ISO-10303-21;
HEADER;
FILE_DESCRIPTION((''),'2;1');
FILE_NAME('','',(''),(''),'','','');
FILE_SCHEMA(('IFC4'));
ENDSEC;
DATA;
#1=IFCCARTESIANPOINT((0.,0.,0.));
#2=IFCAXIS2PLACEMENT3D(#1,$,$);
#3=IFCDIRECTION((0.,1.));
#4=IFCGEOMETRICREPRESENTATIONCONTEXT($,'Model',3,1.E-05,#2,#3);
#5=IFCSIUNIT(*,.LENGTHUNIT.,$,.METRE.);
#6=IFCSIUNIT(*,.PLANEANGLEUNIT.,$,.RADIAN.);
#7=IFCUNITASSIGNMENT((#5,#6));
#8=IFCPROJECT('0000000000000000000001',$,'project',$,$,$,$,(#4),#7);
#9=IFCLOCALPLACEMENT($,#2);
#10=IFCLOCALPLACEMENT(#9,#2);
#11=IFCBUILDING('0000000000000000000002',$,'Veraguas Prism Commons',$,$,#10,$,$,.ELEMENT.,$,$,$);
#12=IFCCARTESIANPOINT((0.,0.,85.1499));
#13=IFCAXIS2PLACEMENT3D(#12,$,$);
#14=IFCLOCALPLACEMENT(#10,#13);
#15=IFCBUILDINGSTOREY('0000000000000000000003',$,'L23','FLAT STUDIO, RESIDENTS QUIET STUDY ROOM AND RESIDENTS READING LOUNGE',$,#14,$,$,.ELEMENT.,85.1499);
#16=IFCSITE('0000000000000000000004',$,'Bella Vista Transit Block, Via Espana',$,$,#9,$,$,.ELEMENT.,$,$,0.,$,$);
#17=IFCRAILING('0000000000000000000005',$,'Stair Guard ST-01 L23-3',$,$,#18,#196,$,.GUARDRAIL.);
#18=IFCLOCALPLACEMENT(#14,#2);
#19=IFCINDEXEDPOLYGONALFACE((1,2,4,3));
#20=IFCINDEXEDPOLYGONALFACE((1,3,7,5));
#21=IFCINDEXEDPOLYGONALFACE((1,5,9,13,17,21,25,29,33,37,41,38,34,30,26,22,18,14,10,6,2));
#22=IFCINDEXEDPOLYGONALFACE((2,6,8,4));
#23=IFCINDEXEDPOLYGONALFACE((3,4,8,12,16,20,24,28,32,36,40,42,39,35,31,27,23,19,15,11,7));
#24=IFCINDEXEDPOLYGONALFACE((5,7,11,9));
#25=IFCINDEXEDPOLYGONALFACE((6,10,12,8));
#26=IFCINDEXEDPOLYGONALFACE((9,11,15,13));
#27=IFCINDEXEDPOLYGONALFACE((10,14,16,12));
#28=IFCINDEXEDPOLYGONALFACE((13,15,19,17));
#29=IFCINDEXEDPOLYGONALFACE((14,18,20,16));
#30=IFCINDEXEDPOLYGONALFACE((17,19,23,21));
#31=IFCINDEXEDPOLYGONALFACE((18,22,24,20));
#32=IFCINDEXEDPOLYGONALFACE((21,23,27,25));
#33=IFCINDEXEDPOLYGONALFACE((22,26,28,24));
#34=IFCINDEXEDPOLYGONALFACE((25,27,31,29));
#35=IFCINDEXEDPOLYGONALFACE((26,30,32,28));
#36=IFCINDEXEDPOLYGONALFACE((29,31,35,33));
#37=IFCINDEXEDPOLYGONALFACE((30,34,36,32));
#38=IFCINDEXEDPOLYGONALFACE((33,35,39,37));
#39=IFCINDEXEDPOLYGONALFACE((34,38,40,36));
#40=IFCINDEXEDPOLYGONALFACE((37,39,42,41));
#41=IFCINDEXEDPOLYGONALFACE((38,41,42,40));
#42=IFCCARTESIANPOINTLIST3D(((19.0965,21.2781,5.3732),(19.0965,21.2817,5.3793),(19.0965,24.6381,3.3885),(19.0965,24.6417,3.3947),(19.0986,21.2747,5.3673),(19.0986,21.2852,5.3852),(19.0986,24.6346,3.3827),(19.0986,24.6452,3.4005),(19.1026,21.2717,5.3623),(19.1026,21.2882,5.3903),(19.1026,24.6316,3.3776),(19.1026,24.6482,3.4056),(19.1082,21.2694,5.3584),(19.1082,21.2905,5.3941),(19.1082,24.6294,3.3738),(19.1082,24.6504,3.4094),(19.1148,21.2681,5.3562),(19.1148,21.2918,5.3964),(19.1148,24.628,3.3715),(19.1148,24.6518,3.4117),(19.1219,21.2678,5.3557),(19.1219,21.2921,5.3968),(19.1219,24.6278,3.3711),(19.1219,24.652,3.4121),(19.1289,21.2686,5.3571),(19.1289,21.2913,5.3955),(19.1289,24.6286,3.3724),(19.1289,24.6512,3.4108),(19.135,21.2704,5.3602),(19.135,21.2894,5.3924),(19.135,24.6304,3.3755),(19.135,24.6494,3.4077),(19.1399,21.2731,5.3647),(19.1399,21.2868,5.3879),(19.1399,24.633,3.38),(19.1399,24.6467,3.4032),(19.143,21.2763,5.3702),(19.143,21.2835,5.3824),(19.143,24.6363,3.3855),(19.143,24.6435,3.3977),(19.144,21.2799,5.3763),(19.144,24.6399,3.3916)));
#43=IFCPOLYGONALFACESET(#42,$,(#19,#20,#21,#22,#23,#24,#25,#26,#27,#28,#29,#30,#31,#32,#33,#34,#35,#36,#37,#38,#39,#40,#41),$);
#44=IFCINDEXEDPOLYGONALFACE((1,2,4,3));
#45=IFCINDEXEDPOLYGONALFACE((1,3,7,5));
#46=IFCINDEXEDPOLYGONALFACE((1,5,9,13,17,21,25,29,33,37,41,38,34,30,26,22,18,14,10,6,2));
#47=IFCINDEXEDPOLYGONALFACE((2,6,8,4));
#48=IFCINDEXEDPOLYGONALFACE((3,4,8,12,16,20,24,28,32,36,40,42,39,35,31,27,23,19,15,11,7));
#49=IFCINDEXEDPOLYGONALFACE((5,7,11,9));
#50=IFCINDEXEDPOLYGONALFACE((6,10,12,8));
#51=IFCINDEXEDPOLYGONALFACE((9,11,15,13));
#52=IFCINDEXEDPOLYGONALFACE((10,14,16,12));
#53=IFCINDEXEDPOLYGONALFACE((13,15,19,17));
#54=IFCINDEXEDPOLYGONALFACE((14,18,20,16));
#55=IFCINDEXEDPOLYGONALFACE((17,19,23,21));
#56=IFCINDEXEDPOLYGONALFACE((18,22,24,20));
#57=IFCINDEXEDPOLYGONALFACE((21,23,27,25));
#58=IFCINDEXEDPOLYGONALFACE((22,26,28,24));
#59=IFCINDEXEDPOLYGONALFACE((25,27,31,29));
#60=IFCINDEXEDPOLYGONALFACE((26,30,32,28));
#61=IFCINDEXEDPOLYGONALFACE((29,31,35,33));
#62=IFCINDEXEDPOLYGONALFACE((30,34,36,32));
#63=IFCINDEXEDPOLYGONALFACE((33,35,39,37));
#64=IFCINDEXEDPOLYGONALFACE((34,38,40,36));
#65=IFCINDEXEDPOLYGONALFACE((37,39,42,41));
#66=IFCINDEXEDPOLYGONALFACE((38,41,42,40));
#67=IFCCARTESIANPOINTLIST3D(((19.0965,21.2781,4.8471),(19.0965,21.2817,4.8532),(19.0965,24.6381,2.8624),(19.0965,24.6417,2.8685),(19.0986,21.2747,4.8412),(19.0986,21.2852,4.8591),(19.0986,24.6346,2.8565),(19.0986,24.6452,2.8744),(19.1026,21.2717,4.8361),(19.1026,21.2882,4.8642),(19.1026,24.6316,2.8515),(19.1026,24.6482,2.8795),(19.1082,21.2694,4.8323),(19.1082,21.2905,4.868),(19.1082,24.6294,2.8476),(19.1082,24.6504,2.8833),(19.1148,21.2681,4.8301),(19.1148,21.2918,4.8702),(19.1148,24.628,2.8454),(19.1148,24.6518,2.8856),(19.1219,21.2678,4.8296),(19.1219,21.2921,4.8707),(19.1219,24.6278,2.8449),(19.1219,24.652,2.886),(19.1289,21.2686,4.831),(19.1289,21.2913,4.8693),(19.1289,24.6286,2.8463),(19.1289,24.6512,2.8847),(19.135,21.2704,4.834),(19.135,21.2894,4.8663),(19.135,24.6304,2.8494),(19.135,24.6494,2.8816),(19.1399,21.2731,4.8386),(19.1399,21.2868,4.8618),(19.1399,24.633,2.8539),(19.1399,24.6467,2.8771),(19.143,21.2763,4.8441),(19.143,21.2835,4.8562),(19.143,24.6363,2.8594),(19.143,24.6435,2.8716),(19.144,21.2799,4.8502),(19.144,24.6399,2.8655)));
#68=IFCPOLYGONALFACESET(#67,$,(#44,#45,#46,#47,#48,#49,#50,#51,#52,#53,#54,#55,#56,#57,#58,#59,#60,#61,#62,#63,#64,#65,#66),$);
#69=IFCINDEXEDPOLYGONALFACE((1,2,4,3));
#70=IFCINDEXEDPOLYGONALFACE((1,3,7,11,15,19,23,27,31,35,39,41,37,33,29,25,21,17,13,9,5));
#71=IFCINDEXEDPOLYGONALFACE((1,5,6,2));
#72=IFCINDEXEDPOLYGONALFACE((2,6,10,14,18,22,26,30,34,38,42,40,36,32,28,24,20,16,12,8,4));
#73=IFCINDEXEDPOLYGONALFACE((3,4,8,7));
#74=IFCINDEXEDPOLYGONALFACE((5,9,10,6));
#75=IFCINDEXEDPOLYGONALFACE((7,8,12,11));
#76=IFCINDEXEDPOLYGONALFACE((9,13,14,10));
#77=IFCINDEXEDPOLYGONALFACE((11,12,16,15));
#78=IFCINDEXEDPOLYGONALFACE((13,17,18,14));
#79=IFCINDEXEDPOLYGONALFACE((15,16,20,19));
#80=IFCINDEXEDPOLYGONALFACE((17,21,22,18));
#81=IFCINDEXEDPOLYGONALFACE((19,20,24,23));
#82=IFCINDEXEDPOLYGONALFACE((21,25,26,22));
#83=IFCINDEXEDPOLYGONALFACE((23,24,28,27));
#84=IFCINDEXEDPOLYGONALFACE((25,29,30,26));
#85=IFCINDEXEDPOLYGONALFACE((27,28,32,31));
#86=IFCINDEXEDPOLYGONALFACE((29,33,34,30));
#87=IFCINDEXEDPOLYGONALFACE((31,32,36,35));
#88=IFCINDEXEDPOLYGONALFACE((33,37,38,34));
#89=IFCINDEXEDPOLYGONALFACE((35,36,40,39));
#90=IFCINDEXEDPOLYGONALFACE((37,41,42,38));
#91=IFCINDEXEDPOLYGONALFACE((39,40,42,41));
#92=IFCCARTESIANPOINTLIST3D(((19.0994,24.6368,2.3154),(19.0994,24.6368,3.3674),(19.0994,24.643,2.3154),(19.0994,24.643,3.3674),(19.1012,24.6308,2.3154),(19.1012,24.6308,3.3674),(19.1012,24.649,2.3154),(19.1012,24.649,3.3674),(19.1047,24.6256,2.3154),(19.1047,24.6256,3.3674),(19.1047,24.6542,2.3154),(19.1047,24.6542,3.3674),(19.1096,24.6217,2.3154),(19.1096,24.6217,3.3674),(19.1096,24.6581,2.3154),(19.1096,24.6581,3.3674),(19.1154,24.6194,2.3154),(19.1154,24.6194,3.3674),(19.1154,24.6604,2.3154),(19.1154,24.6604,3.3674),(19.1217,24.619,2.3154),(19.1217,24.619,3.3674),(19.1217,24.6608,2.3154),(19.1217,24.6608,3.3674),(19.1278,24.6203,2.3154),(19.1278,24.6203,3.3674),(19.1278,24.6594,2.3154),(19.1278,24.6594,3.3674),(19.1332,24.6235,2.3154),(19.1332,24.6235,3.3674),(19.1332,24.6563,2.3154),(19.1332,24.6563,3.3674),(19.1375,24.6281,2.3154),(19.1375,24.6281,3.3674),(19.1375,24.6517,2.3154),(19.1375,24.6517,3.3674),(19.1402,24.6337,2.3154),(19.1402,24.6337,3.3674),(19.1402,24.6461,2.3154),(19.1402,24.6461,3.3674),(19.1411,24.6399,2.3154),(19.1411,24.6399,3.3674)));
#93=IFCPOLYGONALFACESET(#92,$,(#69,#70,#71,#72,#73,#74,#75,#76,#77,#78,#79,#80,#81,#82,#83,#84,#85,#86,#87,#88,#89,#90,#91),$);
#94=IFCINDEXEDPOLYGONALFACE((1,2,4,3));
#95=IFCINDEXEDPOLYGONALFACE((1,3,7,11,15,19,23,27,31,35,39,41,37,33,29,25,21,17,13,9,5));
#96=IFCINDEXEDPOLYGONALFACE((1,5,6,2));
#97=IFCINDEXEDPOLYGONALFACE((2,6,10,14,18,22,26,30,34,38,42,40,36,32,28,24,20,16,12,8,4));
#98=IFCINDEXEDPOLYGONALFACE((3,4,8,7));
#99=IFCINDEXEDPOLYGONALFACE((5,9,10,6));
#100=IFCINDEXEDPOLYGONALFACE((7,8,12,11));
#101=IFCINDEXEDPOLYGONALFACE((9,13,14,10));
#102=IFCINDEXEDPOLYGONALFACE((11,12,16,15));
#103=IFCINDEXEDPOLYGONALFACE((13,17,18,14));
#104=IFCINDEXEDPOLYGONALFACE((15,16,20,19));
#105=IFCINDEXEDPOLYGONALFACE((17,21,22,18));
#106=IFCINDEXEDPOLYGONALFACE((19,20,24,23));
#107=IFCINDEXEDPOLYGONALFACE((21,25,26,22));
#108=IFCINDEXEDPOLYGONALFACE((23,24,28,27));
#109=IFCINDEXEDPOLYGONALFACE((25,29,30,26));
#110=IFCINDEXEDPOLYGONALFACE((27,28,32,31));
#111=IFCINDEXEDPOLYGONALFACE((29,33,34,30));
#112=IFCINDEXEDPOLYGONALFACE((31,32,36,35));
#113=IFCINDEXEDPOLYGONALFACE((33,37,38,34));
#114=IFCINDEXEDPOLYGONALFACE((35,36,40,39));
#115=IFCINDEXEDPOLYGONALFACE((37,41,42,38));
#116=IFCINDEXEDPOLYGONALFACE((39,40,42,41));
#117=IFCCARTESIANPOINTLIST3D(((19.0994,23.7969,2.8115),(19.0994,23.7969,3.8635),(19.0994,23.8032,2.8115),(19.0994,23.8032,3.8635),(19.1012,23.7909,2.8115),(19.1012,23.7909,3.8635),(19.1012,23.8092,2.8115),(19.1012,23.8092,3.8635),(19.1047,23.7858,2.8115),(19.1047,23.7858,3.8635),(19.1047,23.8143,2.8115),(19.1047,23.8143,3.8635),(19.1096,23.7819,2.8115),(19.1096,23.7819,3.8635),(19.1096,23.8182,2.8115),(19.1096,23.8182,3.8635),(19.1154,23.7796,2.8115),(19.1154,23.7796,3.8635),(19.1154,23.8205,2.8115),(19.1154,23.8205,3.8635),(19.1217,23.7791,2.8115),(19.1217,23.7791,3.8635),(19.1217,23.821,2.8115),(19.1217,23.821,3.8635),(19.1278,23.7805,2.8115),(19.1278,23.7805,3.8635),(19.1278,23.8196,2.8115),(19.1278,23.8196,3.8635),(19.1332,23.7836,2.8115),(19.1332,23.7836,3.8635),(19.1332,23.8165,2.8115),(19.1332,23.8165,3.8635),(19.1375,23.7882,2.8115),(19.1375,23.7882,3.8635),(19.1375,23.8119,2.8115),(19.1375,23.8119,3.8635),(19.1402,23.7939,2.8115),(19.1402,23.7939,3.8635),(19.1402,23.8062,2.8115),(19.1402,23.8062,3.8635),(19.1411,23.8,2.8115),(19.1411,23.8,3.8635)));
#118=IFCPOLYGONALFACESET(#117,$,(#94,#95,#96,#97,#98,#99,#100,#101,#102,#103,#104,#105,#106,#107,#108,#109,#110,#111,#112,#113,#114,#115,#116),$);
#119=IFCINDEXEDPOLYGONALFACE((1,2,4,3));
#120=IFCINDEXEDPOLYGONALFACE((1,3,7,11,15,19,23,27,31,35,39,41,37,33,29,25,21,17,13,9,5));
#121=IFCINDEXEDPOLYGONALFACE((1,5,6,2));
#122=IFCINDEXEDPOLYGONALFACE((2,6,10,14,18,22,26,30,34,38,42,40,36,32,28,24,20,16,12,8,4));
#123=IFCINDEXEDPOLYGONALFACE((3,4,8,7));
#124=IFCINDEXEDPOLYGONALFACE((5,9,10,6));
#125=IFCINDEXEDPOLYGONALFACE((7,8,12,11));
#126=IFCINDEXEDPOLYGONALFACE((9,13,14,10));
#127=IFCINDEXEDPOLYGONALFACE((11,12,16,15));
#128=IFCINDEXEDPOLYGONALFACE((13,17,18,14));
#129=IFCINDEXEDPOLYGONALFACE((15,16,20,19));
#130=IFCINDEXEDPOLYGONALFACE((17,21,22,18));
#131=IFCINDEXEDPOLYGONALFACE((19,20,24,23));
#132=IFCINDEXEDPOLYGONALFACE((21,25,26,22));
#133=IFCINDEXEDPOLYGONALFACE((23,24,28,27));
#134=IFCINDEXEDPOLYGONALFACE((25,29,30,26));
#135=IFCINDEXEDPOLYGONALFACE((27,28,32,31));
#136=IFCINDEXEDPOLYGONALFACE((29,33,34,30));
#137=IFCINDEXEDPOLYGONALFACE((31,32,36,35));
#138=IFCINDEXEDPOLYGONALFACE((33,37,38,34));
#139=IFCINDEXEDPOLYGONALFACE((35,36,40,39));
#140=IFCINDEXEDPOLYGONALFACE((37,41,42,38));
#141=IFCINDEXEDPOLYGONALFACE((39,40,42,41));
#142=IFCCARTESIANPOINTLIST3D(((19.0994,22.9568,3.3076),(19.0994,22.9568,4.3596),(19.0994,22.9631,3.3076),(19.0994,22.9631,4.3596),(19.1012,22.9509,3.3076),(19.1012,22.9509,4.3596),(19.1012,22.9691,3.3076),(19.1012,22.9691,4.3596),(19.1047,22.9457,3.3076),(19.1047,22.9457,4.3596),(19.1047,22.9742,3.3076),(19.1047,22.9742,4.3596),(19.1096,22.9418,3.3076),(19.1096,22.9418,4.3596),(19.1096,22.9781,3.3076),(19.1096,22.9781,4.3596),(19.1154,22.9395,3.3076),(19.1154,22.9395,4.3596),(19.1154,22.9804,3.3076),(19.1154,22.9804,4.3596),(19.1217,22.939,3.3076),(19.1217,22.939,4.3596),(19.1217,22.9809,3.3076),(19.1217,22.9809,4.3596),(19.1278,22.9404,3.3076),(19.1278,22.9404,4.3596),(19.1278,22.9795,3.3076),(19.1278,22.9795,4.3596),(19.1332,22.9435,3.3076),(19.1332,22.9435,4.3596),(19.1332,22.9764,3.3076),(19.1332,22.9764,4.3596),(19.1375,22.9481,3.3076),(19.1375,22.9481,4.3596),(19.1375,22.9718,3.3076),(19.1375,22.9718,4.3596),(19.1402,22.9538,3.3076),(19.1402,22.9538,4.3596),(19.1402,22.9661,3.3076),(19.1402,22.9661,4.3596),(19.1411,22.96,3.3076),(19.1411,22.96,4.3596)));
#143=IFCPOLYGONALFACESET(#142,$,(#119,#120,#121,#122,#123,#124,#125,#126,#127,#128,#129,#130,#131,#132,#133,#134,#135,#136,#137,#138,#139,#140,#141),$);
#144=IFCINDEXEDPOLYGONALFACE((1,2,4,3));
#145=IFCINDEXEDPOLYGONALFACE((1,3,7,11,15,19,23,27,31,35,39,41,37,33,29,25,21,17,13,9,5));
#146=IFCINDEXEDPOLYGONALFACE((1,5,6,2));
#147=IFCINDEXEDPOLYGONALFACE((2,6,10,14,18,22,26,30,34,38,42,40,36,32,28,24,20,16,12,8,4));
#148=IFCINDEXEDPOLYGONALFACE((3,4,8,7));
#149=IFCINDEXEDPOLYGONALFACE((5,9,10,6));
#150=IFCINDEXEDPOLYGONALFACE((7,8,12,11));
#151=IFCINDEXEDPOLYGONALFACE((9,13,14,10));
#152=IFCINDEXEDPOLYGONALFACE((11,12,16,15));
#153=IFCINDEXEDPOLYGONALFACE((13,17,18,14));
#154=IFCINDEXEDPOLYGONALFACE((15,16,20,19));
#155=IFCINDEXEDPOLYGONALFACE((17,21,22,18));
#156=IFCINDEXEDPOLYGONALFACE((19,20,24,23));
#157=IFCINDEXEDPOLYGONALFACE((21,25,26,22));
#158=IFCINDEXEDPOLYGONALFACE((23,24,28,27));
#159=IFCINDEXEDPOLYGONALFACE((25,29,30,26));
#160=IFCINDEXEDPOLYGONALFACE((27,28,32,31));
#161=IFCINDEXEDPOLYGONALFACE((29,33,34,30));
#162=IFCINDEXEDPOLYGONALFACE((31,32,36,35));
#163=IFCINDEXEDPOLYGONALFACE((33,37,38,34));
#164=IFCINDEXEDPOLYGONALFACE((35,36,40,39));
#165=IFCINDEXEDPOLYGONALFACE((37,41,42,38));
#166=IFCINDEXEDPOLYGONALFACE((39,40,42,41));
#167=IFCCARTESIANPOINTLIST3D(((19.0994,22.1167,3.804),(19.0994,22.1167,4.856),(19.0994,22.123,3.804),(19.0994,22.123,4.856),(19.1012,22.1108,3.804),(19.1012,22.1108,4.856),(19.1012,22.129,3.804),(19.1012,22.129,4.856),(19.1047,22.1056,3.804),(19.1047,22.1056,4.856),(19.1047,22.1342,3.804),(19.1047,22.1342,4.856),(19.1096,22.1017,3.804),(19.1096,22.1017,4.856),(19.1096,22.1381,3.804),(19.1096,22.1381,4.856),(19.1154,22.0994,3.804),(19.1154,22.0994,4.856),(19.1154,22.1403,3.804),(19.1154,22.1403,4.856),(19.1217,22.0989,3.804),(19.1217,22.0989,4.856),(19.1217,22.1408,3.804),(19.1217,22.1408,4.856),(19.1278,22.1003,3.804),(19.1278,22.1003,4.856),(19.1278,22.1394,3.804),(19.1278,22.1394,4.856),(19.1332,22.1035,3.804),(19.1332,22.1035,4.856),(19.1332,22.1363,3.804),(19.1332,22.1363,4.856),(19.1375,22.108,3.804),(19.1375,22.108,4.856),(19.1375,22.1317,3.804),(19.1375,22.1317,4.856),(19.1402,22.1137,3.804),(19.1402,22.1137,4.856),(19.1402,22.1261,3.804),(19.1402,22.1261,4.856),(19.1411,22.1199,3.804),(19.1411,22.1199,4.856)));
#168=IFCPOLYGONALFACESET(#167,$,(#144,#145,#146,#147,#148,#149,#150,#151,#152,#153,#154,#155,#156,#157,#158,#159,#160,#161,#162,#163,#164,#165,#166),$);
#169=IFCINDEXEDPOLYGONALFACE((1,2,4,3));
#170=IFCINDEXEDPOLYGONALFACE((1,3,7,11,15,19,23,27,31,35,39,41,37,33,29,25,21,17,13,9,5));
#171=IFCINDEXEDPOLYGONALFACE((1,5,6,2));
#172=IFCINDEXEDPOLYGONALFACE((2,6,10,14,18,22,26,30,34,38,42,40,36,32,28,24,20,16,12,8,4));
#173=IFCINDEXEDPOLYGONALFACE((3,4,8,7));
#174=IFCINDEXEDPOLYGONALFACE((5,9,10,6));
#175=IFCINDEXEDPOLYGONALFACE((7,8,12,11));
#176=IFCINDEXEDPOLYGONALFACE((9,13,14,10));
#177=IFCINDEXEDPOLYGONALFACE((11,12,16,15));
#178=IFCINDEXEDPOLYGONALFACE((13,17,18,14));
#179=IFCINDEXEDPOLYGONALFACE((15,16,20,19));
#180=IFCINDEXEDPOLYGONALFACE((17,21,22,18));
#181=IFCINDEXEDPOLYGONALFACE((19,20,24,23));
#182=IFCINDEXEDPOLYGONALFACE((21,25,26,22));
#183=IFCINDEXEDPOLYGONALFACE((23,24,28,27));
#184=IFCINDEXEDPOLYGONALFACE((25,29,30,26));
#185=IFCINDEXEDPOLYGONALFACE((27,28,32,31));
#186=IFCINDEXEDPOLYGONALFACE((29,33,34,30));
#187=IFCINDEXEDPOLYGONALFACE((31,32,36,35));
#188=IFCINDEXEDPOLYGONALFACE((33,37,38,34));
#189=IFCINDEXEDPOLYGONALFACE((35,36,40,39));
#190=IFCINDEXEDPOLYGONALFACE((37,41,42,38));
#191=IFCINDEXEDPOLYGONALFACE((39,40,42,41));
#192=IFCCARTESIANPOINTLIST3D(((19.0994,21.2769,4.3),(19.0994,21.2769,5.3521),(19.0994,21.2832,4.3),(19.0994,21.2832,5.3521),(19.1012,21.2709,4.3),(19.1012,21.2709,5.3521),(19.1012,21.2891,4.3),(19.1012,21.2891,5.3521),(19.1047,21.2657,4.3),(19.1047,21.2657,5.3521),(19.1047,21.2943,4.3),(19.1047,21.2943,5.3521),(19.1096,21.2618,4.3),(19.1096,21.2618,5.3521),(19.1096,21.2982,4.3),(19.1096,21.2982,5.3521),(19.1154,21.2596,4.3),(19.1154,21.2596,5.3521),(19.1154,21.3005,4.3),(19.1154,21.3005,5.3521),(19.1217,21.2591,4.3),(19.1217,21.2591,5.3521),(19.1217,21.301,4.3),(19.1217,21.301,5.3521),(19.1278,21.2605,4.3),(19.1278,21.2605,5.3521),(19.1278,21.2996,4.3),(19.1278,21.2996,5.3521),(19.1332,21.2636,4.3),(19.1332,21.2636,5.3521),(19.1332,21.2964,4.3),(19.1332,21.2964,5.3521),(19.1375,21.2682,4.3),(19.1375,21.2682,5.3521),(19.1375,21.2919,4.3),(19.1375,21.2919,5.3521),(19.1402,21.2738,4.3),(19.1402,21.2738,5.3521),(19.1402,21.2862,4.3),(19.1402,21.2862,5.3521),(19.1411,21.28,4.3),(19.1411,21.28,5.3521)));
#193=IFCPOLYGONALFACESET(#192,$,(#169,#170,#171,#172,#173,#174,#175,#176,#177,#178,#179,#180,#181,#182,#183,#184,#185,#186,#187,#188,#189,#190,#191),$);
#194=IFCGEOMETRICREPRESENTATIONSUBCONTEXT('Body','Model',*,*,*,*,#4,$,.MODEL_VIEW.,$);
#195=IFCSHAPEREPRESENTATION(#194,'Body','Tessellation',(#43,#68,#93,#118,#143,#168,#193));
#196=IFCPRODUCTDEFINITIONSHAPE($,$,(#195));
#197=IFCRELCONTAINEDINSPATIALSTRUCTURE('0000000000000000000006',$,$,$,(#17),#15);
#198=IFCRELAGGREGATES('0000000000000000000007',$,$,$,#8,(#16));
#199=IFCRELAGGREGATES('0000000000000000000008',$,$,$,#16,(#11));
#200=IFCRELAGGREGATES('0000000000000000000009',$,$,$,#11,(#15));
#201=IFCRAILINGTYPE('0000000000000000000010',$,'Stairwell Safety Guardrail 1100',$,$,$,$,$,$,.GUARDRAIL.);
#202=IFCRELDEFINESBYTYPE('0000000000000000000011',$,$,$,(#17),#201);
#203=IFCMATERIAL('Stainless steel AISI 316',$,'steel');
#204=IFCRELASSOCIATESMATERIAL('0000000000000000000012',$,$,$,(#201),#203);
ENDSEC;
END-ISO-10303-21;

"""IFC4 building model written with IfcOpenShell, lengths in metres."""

from ifc_helpers import new_model, si_unit, direction, frame, origin, origin_2d, place, context, subcontext, project, spatial, circle, extrude, material, type_object, element, save


model = new_model("IFC4")

# Units and contexts
model_context = context("Model", 3, precision=1e-05, world=origin(), true_north=direction((0.0, 1.0)))
body_context = subcontext(model_context, "Body", "Model", "MODEL_VIEW")
ifc_project = project(units=[si_unit("LENGTHUNIT", "METRE"), si_unit("PLANEANGLEUNIT", "RADIAN")], contexts=[model_context])

# Site, building, storey
site_placement = place(None, origin())
site = spatial("IfcSite", under=ifc_project, at=site_placement, Name="Bella Vista Transit Block, Via Espana", CompositionType="ELEMENT", RefElevation=0.0)
building_placement = place(site_placement, origin())
building = spatial("IfcBuilding", under=site, at=building_placement, Name="Veraguas Prism Commons", CompositionType="ELEMENT")
storey_placement = place(building_placement, frame((0.0, 0.0, 85.1499)))
storey = spatial("IfcBuildingStorey", under=building, at=storey_placement, Name="L23", Description="FLAT STUDIO, RESIDENTS QUIET STUDY ROOM AND RESIDENTS READING LOUNGE", CompositionType="ELEMENT", Elevation=85.1499)

# Shared definitions
ifc_material_1 = material(Name="Stainless steel AISI 316", Category="steel")

# Railing
railing_type_1 = type_object("IfcRailingType", Name="Stairwell Safety Guardrail 1100", PredefinedType="GUARDRAIL", material=ifc_material_1)
railing_1_placement = place(storey_placement, frame((19.1201, 24.6399, 2.3154)))
element("IfcRailing", 1, at=railing_1_placement, inside=storey, type_object=railing_type_1, Name="Stair Guard ST-01 L23-3", PredefinedType="GUARDRAIL", context=body_context, shape_type="SweptSolid", body=[
    extrude(circle(Radius=0.0239, at=origin_2d()), frame((0.0, 0.0, 1.0762), z_axis=(0.0, -0.861011, 0.508586), x_axis=(1.0, 0.0, 0.0)), (0.0, 0.0, 1.0), 3.9023),
    extrude(circle(Radius=0.0239, at=origin_2d()), frame((0.0, 0.0, 0.55), z_axis=(0.0, -0.861011, 0.508586), x_axis=(1.0, 0.0, 0.0)), (0.0, 0.0, 1.0), 3.9023),
    extrude(circle(Radius=0.021, at=origin_2d()), origin(), (0.0, 0.0, 1.0), 1.052),
    extrude(circle(Radius=0.021, at=origin_2d()), frame((0.0, -0.8398, 0.4961)), (0.0, 0.0, 1.0), 1.052),
    extrude(circle(Radius=0.021, at=origin_2d()), frame((0.0, -1.6799, 0.9922)), (0.0, 0.0, 1.0), 1.052),
    extrude(circle(Radius=0.021, at=origin_2d()), frame((0.0, -2.52, 1.4885)), (0.0, 0.0, 1.0), 1.052),
    extrude(circle(Radius=0.021, at=origin_2d()), frame((0.0, -3.3599, 1.9846)), (0.0, 0.0, 1.0), 1.052),
])

save(model, "model.ifc")
